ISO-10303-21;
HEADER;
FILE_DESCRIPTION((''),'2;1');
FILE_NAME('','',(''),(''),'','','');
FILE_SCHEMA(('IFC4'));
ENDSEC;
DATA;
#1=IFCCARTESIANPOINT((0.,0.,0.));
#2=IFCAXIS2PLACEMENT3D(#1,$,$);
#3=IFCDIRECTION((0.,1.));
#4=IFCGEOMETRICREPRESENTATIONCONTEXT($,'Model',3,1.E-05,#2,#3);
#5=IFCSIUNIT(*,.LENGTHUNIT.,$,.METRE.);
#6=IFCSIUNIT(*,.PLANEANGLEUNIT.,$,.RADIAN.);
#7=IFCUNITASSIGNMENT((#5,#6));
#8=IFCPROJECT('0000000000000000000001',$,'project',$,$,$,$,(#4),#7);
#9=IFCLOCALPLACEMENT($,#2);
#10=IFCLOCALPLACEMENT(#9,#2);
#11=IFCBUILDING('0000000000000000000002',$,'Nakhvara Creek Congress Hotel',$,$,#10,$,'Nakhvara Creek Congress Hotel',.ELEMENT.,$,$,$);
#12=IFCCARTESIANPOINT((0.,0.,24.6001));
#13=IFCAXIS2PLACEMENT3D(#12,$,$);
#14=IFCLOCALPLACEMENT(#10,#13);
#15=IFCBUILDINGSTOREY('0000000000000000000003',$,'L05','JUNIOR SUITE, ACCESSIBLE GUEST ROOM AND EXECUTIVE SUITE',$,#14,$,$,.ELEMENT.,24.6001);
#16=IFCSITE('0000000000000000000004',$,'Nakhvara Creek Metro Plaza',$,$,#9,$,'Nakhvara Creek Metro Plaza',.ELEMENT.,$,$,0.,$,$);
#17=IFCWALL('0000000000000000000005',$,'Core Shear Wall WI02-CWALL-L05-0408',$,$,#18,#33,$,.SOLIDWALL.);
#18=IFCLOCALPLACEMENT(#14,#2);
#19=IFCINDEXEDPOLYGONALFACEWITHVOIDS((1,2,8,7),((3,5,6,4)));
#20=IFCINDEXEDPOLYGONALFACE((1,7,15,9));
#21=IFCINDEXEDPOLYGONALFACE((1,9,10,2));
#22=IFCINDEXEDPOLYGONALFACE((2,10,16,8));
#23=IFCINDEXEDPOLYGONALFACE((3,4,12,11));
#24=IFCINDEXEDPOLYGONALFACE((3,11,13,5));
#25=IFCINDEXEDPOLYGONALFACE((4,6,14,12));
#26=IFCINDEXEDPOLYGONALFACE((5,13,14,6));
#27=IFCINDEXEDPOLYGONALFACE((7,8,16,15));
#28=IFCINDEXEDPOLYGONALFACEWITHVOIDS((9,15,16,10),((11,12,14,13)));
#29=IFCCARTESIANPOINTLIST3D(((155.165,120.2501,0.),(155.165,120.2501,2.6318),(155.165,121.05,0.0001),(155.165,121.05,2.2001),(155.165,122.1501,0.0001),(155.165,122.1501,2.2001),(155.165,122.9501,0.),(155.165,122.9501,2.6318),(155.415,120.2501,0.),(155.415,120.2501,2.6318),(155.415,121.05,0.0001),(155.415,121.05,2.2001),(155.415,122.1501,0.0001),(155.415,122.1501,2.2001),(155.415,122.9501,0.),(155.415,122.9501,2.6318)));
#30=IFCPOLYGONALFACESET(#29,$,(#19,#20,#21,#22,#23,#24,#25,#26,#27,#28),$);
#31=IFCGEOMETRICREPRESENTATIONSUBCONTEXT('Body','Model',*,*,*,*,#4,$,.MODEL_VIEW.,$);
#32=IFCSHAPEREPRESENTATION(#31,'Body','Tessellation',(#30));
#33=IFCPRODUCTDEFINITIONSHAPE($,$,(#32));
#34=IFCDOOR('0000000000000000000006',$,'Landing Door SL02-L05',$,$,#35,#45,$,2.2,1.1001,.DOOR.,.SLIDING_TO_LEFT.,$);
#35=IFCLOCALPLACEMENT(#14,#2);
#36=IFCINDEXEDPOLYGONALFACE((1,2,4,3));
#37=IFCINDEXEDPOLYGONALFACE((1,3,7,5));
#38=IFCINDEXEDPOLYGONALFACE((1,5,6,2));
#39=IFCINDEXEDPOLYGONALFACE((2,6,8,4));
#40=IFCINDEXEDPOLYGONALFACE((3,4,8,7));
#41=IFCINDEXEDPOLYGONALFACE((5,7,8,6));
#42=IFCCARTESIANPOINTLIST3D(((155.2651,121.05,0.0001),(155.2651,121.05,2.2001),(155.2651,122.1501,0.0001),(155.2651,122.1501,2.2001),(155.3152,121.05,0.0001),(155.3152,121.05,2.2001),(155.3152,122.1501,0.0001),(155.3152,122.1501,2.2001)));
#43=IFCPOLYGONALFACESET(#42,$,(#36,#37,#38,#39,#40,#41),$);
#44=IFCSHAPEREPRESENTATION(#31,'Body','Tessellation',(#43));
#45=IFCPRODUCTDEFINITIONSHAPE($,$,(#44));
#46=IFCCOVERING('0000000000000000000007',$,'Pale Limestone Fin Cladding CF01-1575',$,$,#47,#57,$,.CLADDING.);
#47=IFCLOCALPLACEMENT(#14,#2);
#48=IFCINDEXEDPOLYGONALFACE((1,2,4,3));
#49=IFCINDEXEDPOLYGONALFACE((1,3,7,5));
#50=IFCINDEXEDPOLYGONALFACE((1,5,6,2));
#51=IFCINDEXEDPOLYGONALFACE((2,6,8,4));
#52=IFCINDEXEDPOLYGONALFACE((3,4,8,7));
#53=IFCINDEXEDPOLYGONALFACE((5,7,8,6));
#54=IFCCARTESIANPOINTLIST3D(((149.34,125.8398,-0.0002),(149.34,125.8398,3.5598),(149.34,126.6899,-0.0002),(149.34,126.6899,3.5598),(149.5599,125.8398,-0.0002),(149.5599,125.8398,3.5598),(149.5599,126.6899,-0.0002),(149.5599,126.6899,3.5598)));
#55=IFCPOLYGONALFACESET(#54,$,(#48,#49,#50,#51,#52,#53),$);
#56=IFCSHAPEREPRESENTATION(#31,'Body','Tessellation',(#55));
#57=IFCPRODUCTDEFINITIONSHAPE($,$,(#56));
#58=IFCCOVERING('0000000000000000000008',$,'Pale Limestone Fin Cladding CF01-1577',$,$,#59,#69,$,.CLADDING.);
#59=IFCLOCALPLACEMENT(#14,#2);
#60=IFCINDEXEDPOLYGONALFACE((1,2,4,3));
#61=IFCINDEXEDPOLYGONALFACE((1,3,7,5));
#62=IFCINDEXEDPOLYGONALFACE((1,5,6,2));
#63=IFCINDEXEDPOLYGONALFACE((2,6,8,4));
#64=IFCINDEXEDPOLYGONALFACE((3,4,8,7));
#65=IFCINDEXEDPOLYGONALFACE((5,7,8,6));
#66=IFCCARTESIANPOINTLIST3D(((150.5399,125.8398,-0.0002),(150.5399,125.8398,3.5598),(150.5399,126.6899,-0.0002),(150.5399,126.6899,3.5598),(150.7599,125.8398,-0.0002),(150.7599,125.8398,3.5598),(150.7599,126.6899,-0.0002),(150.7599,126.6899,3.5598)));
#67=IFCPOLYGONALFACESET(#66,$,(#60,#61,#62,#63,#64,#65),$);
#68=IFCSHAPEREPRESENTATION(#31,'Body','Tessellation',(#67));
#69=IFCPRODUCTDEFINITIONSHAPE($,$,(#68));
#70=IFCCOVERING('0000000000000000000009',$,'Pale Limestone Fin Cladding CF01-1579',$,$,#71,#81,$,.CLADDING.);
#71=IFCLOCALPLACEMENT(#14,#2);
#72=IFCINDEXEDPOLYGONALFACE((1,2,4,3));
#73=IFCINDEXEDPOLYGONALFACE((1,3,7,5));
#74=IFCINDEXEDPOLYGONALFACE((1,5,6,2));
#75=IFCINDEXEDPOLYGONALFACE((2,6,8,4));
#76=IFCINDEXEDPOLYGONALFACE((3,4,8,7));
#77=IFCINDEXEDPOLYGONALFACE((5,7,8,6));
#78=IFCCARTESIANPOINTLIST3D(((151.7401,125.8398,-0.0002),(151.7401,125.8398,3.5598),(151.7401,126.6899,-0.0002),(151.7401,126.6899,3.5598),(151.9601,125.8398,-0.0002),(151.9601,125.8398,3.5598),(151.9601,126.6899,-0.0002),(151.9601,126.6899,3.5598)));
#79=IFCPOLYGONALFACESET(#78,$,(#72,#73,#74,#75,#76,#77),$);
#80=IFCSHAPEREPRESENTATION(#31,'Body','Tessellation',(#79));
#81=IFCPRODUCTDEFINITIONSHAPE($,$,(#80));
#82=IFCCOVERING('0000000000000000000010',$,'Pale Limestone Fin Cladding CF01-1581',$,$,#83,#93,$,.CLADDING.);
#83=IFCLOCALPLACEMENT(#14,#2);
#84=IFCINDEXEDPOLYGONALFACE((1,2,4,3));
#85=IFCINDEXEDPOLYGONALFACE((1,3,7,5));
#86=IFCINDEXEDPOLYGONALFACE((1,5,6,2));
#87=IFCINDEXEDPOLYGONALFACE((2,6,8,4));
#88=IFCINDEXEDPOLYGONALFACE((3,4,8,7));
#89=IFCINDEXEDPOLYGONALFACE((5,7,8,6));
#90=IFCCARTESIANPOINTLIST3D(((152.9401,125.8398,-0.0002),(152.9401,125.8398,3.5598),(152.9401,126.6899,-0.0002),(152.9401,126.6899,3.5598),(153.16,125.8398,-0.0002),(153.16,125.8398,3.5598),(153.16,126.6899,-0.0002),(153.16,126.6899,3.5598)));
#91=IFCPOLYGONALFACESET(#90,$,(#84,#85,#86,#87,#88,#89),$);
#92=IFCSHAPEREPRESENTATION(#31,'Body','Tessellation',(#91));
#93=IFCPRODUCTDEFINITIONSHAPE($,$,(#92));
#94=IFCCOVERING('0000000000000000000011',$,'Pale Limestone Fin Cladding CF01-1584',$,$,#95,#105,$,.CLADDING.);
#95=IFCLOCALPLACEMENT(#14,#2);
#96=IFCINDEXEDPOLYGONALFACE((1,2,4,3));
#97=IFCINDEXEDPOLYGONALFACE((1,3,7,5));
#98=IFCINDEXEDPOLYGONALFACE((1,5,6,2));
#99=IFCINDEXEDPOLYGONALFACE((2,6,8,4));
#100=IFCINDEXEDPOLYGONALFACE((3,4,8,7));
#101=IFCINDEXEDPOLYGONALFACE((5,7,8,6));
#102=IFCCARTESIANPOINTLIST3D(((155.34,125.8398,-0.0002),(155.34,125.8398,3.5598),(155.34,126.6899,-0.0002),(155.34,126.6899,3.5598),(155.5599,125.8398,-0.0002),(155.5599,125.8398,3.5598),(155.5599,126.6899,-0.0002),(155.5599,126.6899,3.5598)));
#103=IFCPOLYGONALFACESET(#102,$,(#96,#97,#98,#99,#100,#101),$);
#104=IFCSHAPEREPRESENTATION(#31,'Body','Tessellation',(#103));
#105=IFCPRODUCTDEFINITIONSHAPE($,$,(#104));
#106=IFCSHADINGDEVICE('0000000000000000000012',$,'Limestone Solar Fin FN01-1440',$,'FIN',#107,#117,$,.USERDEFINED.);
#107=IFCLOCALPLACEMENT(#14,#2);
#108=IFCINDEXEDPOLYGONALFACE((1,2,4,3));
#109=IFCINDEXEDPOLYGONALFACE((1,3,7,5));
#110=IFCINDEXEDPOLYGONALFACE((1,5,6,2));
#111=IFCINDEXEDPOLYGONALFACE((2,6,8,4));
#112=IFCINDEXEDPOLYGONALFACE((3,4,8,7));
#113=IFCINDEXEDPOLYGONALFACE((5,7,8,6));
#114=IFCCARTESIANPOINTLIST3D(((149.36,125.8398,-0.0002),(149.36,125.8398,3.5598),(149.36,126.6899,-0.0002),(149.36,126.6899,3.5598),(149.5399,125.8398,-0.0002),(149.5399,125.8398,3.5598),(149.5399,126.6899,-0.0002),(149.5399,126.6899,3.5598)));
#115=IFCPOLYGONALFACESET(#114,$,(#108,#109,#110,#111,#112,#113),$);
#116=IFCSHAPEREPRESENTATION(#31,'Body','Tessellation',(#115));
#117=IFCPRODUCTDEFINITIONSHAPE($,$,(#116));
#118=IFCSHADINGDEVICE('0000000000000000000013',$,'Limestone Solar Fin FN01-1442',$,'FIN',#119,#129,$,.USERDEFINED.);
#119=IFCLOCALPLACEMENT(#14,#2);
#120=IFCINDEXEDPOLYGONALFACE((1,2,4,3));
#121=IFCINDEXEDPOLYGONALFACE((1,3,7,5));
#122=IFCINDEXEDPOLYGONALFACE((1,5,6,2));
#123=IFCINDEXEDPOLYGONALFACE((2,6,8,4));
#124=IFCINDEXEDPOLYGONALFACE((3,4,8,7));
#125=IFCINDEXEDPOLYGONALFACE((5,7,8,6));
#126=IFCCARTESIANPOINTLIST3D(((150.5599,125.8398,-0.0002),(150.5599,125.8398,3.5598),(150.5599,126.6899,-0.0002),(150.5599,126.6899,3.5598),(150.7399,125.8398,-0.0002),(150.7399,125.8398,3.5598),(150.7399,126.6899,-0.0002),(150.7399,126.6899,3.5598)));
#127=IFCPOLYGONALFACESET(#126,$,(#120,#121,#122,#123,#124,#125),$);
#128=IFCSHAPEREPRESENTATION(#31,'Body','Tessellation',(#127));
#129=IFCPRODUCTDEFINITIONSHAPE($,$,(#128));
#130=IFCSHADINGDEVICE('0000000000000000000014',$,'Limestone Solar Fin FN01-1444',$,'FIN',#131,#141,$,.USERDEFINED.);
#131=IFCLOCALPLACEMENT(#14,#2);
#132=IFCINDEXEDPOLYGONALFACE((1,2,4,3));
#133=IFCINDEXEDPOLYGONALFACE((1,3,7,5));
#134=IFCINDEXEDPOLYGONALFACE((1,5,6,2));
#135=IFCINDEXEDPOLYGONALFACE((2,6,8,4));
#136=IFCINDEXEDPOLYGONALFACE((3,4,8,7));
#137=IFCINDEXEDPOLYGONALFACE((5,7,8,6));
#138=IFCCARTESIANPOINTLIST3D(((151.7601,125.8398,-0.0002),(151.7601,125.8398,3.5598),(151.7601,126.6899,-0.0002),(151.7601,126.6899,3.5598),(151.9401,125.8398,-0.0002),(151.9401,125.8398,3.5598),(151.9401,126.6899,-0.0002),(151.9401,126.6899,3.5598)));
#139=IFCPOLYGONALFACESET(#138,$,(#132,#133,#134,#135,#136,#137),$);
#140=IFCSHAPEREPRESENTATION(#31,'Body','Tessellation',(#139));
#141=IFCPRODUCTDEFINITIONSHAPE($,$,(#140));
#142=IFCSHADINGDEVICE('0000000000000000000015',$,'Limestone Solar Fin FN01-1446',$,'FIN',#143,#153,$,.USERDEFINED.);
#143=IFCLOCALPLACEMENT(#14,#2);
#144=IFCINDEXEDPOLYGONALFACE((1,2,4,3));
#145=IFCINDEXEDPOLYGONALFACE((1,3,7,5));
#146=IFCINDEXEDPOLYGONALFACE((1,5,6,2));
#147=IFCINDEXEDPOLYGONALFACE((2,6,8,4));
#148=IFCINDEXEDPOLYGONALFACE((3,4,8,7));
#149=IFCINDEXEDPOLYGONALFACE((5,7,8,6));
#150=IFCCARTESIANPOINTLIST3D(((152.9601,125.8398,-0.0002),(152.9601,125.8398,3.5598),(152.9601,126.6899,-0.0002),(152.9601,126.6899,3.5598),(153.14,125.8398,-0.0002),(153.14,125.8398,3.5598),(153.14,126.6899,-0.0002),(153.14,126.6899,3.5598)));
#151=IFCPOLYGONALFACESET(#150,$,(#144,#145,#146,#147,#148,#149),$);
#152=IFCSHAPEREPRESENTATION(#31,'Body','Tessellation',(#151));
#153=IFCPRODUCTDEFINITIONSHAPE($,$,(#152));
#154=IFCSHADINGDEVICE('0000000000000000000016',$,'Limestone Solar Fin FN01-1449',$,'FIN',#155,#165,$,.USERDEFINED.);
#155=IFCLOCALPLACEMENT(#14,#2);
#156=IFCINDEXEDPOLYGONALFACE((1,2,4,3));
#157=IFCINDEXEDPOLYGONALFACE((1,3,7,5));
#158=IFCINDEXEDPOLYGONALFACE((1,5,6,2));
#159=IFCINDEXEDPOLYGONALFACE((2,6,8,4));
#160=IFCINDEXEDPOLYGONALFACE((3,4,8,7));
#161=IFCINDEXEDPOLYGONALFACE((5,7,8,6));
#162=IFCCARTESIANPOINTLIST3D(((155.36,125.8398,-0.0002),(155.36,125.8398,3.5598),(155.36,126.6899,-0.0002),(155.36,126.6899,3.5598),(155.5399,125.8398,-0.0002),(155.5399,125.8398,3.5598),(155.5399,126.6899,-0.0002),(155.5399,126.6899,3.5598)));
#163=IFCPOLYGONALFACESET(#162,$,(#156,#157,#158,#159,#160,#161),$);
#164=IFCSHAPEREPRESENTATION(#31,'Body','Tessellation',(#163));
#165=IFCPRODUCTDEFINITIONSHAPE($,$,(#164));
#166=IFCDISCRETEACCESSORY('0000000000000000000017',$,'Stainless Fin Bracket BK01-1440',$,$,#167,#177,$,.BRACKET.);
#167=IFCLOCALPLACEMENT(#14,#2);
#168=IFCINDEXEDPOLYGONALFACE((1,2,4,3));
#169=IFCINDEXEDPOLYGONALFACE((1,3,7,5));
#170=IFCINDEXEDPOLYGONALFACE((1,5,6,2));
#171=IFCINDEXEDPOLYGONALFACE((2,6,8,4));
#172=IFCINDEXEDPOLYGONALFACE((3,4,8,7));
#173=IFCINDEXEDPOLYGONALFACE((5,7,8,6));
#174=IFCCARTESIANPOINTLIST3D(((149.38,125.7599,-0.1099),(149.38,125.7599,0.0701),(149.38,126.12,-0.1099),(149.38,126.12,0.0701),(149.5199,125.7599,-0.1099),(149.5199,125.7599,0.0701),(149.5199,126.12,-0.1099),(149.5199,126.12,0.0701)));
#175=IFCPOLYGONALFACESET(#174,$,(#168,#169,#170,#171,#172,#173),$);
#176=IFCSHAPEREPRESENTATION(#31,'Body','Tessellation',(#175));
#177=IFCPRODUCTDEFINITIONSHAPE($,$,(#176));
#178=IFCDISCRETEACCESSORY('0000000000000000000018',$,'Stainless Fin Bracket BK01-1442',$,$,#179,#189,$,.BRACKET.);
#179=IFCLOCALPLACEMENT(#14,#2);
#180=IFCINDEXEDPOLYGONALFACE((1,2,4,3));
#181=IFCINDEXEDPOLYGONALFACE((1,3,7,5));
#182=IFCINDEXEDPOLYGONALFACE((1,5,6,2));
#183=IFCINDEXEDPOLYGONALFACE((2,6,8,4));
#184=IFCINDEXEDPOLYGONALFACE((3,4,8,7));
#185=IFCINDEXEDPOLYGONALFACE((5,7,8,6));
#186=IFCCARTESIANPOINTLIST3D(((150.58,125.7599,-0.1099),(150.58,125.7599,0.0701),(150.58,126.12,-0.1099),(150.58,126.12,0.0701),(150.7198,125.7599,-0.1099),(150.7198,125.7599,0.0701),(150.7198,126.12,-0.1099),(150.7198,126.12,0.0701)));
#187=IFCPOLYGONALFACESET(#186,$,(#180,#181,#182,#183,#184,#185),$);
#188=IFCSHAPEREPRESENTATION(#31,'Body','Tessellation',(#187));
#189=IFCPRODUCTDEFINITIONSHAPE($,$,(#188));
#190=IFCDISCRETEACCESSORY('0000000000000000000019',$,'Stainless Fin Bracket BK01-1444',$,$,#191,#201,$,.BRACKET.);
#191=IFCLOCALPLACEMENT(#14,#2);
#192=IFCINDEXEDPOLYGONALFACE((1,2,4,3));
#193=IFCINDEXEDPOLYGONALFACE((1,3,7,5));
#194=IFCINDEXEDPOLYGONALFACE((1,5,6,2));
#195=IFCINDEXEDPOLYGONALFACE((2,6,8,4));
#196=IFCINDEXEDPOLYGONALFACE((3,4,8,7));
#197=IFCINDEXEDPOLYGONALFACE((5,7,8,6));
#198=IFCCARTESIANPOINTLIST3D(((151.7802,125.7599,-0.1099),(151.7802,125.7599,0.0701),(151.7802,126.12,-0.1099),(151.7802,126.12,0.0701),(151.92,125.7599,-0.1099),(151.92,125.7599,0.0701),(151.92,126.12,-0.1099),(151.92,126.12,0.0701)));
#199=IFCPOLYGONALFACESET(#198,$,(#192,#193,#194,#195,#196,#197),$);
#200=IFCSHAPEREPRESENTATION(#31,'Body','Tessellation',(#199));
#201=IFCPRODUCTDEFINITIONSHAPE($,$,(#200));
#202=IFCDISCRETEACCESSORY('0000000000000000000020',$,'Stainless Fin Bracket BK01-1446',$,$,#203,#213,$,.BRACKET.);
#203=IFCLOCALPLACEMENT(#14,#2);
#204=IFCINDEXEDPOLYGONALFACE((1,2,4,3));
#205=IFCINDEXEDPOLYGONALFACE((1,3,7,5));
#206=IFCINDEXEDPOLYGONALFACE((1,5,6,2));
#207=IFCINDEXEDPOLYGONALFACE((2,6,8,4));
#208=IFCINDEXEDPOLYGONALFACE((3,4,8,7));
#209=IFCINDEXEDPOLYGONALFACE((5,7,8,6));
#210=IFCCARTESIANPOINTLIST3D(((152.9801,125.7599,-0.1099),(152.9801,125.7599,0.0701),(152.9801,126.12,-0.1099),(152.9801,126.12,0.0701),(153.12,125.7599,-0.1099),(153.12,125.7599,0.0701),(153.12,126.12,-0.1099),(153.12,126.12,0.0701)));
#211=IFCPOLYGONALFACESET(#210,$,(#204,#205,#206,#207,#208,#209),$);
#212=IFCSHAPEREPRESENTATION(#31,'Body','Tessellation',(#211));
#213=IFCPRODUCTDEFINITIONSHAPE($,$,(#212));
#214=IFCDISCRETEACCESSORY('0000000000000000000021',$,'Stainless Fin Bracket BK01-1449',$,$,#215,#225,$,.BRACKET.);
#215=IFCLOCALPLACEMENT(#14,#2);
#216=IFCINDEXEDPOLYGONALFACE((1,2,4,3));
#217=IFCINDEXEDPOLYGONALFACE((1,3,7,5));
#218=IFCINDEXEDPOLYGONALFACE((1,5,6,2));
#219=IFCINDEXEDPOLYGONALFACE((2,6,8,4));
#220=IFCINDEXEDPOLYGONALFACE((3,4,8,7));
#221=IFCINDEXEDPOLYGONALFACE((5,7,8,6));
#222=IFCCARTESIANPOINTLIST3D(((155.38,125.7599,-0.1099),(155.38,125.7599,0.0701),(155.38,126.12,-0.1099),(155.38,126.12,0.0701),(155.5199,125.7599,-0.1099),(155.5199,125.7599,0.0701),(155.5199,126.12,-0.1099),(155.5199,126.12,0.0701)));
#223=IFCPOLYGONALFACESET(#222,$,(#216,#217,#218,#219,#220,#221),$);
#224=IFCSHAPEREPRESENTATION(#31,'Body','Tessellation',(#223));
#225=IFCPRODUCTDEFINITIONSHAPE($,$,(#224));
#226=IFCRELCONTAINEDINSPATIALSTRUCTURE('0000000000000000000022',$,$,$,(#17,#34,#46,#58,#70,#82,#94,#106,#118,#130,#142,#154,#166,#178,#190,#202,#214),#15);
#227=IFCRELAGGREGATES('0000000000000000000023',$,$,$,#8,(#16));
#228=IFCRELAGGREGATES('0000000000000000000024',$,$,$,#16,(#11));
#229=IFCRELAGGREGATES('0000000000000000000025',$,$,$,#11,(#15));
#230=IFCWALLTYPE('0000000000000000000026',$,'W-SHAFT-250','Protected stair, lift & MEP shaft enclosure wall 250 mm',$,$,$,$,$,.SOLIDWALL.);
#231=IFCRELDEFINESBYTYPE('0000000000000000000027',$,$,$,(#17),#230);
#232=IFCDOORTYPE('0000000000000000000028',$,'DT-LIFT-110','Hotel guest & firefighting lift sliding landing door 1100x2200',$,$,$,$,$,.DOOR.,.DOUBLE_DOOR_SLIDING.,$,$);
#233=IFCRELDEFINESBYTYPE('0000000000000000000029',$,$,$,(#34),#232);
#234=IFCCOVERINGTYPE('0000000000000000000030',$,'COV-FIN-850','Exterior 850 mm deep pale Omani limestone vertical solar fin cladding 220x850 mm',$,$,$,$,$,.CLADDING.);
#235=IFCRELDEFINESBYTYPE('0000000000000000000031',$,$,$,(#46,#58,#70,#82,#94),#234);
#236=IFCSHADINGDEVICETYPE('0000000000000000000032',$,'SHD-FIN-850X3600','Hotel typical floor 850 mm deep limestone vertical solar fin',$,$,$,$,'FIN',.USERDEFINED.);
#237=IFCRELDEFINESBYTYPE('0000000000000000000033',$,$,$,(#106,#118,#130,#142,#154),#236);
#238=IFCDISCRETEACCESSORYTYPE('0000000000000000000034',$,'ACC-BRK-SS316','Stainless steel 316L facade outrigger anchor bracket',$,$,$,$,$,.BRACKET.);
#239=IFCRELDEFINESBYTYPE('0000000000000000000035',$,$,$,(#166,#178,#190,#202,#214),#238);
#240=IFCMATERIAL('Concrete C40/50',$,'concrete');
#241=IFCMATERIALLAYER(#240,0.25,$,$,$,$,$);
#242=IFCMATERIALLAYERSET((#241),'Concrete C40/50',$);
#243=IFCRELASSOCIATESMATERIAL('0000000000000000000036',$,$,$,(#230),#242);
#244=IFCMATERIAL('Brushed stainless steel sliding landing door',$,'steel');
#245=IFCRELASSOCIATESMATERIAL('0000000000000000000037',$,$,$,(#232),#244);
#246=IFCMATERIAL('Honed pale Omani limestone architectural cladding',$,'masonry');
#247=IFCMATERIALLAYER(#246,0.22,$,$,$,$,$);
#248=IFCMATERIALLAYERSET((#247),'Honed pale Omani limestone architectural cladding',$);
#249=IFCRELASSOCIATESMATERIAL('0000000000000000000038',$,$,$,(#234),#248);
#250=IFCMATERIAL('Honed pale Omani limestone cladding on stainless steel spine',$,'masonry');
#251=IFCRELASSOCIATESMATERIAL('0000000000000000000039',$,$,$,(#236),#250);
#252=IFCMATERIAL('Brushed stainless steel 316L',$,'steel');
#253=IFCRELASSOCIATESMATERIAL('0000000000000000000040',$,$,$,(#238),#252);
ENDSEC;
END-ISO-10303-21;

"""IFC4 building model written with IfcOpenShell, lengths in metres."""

from ifc_helpers import new_model, si_unit, direction, frame, frame_2d, origin, origin_2d, place, context, subcontext, project, spatial, rectangle, extrude, material, layer, layer_set, type_object, element, fill, save


model = new_model("IFC4")

# Units and contexts
model_context = context("Model", 3, precision=1e-05, world=origin(), true_north=direction((0.0, 1.0)))
body_context = subcontext(model_context, "Body", "Model", "MODEL_VIEW")
ifc_project = project(units=[si_unit("LENGTHUNIT", "METRE"), si_unit("PLANEANGLEUNIT", "RADIAN")], contexts=[model_context])

# Site, building, storey
site_placement = place(None, origin())
site = spatial("IfcSite", under=ifc_project, at=site_placement, Name="Nakhvara Creek Metro Plaza", LongName="Nakhvara Creek Metro Plaza", CompositionType="ELEMENT", RefElevation=0.0)
building_placement = place(site_placement, origin())
building = spatial("IfcBuilding", under=site, at=building_placement, Name="Nakhvara Creek Congress Hotel", LongName="Nakhvara Creek Congress Hotel", CompositionType="ELEMENT")
storey_placement = place(building_placement, frame((0.0, 0.0, 24.6001)))
storey = spatial("IfcBuildingStorey", under=building, at=storey_placement, Name="L05", Description="JUNIOR SUITE, ACCESSIBLE GUEST ROOM AND EXECUTIVE SUITE", CompositionType="ELEMENT", Elevation=24.6001)

# Shared definitions
ifc_material_1 = material(Name="Concrete C40/50", Category="concrete")

# Shared definitions
ifc_layer_1 = layer(ifc_material_1, 0.25)
ifc_layer_set_1 = layer_set([ifc_layer_1], Name="Concrete C40/50")
wall_type_1 = type_object("IfcWallType", Name="W-SHAFT-250", Description="Protected stair, lift & MEP shaft enclosure wall 250 mm", PredefinedType="SOLIDWALL", material=ifc_layer_set_1)

# Wall, opening, door
wall_1_placement = place(storey_placement, frame((155.29, 120.25, 0.0), z_axis=(0.0, 0.0, 1.0), x_axis=(0.0, 1.0, 0.0)))
wall_1 = element("IfcWall", 1, at=wall_1_placement, inside=storey, type_object=wall_type_1, Name="Core Shear Wall WI02-CWALL-L05-0408", PredefinedType="SOLIDWALL", context=body_context, shape_type="SweptSolid", body=[
    extrude(rectangle(XDim=2.7, YDim=0.25, at=frame_2d((1.3501, 0.0))), origin(), (0.0, 0.0, 1.0), 2.6318),
])
opening_1_placement = place(wall_1_placement, frame((0.8, 0.0, 0.0)))
opening_1 = element("IfcOpeningElement", 2, at=opening_1_placement, cuts=wall_1, PredefinedType="OPENING", context=body_context, shape_type="SweptSolid", body=[
    extrude(rectangle(XDim=1.1001, YDim=2.2, at=frame_2d((0.55, 1.1001))), frame((0.0, 0.137, 0.0), z_axis=(0.0, -1.0, 0.0), x_axis=(1.0, 0.0, 0.0)), (0.0, 0.0, 1.0), 0.2739),
])
ifc_material_2 = material(Name="Brushed stainless steel sliding landing door", Category="steel")
door_type = type_object("IfcDoorType", Name="DT-LIFT-110", Description="Hotel guest & firefighting lift sliding landing door 1100x2200", OperationType="DOUBLE_DOOR_SLIDING", PredefinedType="DOOR", material=ifc_material_2)
door_placement = place(opening_1_placement, origin())
door = element("IfcDoor", 3, at=door_placement, inside=storey, type_object=door_type, Name="Landing Door SL02-L05", OperationType="SLIDING_TO_LEFT", OverallHeight=2.2, OverallWidth=1.1001, PredefinedType="DOOR", context=body_context, shape_type="SweptSolid", body=[
    extrude(rectangle(XDim=1.1001, YDim=2.2, at=frame_2d((0.55, 1.1001))), frame((0.0, 0.0249, 0.0), z_axis=(0.0, -1.0, 0.0), x_axis=(1.0, 0.0, 0.0)), (0.0, 0.0, 1.0), 0.05),
])
fill(opening_1, door)

# Coverings
ifc_material_3 = material(Name="Honed pale Omani limestone architectural cladding", Category="masonry")
ifc_layer_2 = layer(ifc_material_3, 0.22)
ifc_layer_set_2 = layer_set([ifc_layer_2], Name="Honed pale Omani limestone architectural cladding")
covering_type = type_object("IfcCoveringType", Name="COV-FIN-850", Description="Exterior 850 mm deep pale Omani limestone vertical solar fin cladding 220x850 mm", PredefinedType="CLADDING", material=ifc_layer_set_2)
for number, where, z_axis, x_axis, name in (
    (4, (149.45, 126.2649, -0.0002), (0.0, 0.0, 1.0), (1.0, 0.0, 0.0), "Pale Limestone Fin Cladding CF01-1575"),
    (5, (150.6499, 126.2649, -0.0002), (0.0, 0.0, 1.0), (1.0, 0.0, 0.0), "Pale Limestone Fin Cladding CF01-1577"),
    (6, (151.8501, 126.2649, -0.0002), (0.0, 0.0, 1.0), (1.0, 0.0, 0.0), "Pale Limestone Fin Cladding CF01-1579"),
    (7, (153.05, 126.2649, -0.0002), (0.0, 0.0, 1.0), (1.0, 0.0, 0.0), "Pale Limestone Fin Cladding CF01-1581"),
    (8, (155.45, 126.2649, -0.0002), (0.0, 0.0, 1.0), (1.0, 0.0, 0.0), "Pale Limestone Fin Cladding CF01-1584"),
):
    element("IfcCovering", number, at=place(storey_placement, frame(where, z_axis=z_axis, x_axis=x_axis)), inside=storey, type_object=covering_type, Name=name, PredefinedType="CLADDING", context=body_context, shape_type="SweptSolid", body=[
        extrude(rectangle(XDim=0.22, YDim=0.8501, at=origin_2d()), origin(), (0.0, 0.0, 1.0), 3.5601),
    ])

# Shading devices
ifc_material_4 = material(Name="Honed pale Omani limestone cladding on stainless steel spine", Category="masonry")
shading_device_type = type_object("IfcShadingDeviceType", Name="SHD-FIN-850X3600", Description="Hotel typical floor 850 mm deep limestone vertical solar fin", ElementType="FIN", PredefinedType="USERDEFINED", material=ifc_material_4)
for number, where, z_axis, x_axis, name in (
    (9, (149.45, 126.2649, -0.0002), (0.0, 0.0, 1.0), (1.0, 0.0, 0.0), "Limestone Solar Fin FN01-1440"),
    (10, (150.6499, 126.2649, -0.0002), (0.0, 0.0, 1.0), (1.0, 0.0, 0.0), "Limestone Solar Fin FN01-1442"),
    (11, (151.8501, 126.2649, -0.0002), (0.0, 0.0, 1.0), (1.0, 0.0, 0.0), "Limestone Solar Fin FN01-1444"),
    (12, (153.05, 126.2649, -0.0002), (0.0, 0.0, 1.0), (1.0, 0.0, 0.0), "Limestone Solar Fin FN01-1446"),
    (13, (155.45, 126.2649, -0.0002), (0.0, 0.0, 1.0), (1.0, 0.0, 0.0), "Limestone Solar Fin FN01-1449"),
):
    element("IfcShadingDevice", number, at=place(storey_placement, frame(where, z_axis=z_axis, x_axis=x_axis)), inside=storey, type_object=shading_device_type, Name=name, ObjectType="FIN", PredefinedType="USERDEFINED", context=body_context, shape_type="SweptSolid", body=[
        extrude(rectangle(XDim=0.1799, YDim=0.8501, at=origin_2d()), origin(), (0.0, 0.0, 1.0), 3.5601),
    ])

# Discrete accessories
ifc_material_5 = material(Name="Brushed stainless steel 316L", Category="steel")
discrete_accessory_type = type_object("IfcDiscreteAccessoryType", Name="ACC-BRK-SS316", Description="Stainless steel 316L facade outrigger anchor bracket", PredefinedType="BRACKET", material=ifc_material_5)
for number, where, z_axis, x_axis, name in (
    (14, (149.45, 125.9399, -0.1099), (0.0, 0.0, 1.0), (1.0, 0.0, 0.0), "Stainless Fin Bracket BK01-1440"),
    (15, (150.6499, 125.9399, -0.1099), (0.0, 0.0, 1.0), (1.0, 0.0, 0.0), "Stainless Fin Bracket BK01-1442"),
    (16, (151.8501, 125.9399, -0.1099), (0.0, 0.0, 1.0), (1.0, 0.0, 0.0), "Stainless Fin Bracket BK01-1444"),
    (17, (153.05, 125.9399, -0.1099), (0.0, 0.0, 1.0), (1.0, 0.0, 0.0), "Stainless Fin Bracket BK01-1446"),
    (18, (155.45, 125.9399, -0.1099), (0.0, 0.0, 1.0), (1.0, 0.0, 0.0), "Stainless Fin Bracket BK01-1449"),
):
    element("IfcDiscreteAccessory", number, at=place(storey_placement, frame(where, z_axis=z_axis, x_axis=x_axis)), inside=storey, type_object=discrete_accessory_type, Name=name, PredefinedType="BRACKET", context=body_context, shape_type="SweptSolid", body=[
        extrude(rectangle(XDim=0.1399, YDim=0.3601, at=origin_2d()), origin(), (0.0, 0.0, 1.0), 0.1799),
    ])

save(model, "model.ifc")
